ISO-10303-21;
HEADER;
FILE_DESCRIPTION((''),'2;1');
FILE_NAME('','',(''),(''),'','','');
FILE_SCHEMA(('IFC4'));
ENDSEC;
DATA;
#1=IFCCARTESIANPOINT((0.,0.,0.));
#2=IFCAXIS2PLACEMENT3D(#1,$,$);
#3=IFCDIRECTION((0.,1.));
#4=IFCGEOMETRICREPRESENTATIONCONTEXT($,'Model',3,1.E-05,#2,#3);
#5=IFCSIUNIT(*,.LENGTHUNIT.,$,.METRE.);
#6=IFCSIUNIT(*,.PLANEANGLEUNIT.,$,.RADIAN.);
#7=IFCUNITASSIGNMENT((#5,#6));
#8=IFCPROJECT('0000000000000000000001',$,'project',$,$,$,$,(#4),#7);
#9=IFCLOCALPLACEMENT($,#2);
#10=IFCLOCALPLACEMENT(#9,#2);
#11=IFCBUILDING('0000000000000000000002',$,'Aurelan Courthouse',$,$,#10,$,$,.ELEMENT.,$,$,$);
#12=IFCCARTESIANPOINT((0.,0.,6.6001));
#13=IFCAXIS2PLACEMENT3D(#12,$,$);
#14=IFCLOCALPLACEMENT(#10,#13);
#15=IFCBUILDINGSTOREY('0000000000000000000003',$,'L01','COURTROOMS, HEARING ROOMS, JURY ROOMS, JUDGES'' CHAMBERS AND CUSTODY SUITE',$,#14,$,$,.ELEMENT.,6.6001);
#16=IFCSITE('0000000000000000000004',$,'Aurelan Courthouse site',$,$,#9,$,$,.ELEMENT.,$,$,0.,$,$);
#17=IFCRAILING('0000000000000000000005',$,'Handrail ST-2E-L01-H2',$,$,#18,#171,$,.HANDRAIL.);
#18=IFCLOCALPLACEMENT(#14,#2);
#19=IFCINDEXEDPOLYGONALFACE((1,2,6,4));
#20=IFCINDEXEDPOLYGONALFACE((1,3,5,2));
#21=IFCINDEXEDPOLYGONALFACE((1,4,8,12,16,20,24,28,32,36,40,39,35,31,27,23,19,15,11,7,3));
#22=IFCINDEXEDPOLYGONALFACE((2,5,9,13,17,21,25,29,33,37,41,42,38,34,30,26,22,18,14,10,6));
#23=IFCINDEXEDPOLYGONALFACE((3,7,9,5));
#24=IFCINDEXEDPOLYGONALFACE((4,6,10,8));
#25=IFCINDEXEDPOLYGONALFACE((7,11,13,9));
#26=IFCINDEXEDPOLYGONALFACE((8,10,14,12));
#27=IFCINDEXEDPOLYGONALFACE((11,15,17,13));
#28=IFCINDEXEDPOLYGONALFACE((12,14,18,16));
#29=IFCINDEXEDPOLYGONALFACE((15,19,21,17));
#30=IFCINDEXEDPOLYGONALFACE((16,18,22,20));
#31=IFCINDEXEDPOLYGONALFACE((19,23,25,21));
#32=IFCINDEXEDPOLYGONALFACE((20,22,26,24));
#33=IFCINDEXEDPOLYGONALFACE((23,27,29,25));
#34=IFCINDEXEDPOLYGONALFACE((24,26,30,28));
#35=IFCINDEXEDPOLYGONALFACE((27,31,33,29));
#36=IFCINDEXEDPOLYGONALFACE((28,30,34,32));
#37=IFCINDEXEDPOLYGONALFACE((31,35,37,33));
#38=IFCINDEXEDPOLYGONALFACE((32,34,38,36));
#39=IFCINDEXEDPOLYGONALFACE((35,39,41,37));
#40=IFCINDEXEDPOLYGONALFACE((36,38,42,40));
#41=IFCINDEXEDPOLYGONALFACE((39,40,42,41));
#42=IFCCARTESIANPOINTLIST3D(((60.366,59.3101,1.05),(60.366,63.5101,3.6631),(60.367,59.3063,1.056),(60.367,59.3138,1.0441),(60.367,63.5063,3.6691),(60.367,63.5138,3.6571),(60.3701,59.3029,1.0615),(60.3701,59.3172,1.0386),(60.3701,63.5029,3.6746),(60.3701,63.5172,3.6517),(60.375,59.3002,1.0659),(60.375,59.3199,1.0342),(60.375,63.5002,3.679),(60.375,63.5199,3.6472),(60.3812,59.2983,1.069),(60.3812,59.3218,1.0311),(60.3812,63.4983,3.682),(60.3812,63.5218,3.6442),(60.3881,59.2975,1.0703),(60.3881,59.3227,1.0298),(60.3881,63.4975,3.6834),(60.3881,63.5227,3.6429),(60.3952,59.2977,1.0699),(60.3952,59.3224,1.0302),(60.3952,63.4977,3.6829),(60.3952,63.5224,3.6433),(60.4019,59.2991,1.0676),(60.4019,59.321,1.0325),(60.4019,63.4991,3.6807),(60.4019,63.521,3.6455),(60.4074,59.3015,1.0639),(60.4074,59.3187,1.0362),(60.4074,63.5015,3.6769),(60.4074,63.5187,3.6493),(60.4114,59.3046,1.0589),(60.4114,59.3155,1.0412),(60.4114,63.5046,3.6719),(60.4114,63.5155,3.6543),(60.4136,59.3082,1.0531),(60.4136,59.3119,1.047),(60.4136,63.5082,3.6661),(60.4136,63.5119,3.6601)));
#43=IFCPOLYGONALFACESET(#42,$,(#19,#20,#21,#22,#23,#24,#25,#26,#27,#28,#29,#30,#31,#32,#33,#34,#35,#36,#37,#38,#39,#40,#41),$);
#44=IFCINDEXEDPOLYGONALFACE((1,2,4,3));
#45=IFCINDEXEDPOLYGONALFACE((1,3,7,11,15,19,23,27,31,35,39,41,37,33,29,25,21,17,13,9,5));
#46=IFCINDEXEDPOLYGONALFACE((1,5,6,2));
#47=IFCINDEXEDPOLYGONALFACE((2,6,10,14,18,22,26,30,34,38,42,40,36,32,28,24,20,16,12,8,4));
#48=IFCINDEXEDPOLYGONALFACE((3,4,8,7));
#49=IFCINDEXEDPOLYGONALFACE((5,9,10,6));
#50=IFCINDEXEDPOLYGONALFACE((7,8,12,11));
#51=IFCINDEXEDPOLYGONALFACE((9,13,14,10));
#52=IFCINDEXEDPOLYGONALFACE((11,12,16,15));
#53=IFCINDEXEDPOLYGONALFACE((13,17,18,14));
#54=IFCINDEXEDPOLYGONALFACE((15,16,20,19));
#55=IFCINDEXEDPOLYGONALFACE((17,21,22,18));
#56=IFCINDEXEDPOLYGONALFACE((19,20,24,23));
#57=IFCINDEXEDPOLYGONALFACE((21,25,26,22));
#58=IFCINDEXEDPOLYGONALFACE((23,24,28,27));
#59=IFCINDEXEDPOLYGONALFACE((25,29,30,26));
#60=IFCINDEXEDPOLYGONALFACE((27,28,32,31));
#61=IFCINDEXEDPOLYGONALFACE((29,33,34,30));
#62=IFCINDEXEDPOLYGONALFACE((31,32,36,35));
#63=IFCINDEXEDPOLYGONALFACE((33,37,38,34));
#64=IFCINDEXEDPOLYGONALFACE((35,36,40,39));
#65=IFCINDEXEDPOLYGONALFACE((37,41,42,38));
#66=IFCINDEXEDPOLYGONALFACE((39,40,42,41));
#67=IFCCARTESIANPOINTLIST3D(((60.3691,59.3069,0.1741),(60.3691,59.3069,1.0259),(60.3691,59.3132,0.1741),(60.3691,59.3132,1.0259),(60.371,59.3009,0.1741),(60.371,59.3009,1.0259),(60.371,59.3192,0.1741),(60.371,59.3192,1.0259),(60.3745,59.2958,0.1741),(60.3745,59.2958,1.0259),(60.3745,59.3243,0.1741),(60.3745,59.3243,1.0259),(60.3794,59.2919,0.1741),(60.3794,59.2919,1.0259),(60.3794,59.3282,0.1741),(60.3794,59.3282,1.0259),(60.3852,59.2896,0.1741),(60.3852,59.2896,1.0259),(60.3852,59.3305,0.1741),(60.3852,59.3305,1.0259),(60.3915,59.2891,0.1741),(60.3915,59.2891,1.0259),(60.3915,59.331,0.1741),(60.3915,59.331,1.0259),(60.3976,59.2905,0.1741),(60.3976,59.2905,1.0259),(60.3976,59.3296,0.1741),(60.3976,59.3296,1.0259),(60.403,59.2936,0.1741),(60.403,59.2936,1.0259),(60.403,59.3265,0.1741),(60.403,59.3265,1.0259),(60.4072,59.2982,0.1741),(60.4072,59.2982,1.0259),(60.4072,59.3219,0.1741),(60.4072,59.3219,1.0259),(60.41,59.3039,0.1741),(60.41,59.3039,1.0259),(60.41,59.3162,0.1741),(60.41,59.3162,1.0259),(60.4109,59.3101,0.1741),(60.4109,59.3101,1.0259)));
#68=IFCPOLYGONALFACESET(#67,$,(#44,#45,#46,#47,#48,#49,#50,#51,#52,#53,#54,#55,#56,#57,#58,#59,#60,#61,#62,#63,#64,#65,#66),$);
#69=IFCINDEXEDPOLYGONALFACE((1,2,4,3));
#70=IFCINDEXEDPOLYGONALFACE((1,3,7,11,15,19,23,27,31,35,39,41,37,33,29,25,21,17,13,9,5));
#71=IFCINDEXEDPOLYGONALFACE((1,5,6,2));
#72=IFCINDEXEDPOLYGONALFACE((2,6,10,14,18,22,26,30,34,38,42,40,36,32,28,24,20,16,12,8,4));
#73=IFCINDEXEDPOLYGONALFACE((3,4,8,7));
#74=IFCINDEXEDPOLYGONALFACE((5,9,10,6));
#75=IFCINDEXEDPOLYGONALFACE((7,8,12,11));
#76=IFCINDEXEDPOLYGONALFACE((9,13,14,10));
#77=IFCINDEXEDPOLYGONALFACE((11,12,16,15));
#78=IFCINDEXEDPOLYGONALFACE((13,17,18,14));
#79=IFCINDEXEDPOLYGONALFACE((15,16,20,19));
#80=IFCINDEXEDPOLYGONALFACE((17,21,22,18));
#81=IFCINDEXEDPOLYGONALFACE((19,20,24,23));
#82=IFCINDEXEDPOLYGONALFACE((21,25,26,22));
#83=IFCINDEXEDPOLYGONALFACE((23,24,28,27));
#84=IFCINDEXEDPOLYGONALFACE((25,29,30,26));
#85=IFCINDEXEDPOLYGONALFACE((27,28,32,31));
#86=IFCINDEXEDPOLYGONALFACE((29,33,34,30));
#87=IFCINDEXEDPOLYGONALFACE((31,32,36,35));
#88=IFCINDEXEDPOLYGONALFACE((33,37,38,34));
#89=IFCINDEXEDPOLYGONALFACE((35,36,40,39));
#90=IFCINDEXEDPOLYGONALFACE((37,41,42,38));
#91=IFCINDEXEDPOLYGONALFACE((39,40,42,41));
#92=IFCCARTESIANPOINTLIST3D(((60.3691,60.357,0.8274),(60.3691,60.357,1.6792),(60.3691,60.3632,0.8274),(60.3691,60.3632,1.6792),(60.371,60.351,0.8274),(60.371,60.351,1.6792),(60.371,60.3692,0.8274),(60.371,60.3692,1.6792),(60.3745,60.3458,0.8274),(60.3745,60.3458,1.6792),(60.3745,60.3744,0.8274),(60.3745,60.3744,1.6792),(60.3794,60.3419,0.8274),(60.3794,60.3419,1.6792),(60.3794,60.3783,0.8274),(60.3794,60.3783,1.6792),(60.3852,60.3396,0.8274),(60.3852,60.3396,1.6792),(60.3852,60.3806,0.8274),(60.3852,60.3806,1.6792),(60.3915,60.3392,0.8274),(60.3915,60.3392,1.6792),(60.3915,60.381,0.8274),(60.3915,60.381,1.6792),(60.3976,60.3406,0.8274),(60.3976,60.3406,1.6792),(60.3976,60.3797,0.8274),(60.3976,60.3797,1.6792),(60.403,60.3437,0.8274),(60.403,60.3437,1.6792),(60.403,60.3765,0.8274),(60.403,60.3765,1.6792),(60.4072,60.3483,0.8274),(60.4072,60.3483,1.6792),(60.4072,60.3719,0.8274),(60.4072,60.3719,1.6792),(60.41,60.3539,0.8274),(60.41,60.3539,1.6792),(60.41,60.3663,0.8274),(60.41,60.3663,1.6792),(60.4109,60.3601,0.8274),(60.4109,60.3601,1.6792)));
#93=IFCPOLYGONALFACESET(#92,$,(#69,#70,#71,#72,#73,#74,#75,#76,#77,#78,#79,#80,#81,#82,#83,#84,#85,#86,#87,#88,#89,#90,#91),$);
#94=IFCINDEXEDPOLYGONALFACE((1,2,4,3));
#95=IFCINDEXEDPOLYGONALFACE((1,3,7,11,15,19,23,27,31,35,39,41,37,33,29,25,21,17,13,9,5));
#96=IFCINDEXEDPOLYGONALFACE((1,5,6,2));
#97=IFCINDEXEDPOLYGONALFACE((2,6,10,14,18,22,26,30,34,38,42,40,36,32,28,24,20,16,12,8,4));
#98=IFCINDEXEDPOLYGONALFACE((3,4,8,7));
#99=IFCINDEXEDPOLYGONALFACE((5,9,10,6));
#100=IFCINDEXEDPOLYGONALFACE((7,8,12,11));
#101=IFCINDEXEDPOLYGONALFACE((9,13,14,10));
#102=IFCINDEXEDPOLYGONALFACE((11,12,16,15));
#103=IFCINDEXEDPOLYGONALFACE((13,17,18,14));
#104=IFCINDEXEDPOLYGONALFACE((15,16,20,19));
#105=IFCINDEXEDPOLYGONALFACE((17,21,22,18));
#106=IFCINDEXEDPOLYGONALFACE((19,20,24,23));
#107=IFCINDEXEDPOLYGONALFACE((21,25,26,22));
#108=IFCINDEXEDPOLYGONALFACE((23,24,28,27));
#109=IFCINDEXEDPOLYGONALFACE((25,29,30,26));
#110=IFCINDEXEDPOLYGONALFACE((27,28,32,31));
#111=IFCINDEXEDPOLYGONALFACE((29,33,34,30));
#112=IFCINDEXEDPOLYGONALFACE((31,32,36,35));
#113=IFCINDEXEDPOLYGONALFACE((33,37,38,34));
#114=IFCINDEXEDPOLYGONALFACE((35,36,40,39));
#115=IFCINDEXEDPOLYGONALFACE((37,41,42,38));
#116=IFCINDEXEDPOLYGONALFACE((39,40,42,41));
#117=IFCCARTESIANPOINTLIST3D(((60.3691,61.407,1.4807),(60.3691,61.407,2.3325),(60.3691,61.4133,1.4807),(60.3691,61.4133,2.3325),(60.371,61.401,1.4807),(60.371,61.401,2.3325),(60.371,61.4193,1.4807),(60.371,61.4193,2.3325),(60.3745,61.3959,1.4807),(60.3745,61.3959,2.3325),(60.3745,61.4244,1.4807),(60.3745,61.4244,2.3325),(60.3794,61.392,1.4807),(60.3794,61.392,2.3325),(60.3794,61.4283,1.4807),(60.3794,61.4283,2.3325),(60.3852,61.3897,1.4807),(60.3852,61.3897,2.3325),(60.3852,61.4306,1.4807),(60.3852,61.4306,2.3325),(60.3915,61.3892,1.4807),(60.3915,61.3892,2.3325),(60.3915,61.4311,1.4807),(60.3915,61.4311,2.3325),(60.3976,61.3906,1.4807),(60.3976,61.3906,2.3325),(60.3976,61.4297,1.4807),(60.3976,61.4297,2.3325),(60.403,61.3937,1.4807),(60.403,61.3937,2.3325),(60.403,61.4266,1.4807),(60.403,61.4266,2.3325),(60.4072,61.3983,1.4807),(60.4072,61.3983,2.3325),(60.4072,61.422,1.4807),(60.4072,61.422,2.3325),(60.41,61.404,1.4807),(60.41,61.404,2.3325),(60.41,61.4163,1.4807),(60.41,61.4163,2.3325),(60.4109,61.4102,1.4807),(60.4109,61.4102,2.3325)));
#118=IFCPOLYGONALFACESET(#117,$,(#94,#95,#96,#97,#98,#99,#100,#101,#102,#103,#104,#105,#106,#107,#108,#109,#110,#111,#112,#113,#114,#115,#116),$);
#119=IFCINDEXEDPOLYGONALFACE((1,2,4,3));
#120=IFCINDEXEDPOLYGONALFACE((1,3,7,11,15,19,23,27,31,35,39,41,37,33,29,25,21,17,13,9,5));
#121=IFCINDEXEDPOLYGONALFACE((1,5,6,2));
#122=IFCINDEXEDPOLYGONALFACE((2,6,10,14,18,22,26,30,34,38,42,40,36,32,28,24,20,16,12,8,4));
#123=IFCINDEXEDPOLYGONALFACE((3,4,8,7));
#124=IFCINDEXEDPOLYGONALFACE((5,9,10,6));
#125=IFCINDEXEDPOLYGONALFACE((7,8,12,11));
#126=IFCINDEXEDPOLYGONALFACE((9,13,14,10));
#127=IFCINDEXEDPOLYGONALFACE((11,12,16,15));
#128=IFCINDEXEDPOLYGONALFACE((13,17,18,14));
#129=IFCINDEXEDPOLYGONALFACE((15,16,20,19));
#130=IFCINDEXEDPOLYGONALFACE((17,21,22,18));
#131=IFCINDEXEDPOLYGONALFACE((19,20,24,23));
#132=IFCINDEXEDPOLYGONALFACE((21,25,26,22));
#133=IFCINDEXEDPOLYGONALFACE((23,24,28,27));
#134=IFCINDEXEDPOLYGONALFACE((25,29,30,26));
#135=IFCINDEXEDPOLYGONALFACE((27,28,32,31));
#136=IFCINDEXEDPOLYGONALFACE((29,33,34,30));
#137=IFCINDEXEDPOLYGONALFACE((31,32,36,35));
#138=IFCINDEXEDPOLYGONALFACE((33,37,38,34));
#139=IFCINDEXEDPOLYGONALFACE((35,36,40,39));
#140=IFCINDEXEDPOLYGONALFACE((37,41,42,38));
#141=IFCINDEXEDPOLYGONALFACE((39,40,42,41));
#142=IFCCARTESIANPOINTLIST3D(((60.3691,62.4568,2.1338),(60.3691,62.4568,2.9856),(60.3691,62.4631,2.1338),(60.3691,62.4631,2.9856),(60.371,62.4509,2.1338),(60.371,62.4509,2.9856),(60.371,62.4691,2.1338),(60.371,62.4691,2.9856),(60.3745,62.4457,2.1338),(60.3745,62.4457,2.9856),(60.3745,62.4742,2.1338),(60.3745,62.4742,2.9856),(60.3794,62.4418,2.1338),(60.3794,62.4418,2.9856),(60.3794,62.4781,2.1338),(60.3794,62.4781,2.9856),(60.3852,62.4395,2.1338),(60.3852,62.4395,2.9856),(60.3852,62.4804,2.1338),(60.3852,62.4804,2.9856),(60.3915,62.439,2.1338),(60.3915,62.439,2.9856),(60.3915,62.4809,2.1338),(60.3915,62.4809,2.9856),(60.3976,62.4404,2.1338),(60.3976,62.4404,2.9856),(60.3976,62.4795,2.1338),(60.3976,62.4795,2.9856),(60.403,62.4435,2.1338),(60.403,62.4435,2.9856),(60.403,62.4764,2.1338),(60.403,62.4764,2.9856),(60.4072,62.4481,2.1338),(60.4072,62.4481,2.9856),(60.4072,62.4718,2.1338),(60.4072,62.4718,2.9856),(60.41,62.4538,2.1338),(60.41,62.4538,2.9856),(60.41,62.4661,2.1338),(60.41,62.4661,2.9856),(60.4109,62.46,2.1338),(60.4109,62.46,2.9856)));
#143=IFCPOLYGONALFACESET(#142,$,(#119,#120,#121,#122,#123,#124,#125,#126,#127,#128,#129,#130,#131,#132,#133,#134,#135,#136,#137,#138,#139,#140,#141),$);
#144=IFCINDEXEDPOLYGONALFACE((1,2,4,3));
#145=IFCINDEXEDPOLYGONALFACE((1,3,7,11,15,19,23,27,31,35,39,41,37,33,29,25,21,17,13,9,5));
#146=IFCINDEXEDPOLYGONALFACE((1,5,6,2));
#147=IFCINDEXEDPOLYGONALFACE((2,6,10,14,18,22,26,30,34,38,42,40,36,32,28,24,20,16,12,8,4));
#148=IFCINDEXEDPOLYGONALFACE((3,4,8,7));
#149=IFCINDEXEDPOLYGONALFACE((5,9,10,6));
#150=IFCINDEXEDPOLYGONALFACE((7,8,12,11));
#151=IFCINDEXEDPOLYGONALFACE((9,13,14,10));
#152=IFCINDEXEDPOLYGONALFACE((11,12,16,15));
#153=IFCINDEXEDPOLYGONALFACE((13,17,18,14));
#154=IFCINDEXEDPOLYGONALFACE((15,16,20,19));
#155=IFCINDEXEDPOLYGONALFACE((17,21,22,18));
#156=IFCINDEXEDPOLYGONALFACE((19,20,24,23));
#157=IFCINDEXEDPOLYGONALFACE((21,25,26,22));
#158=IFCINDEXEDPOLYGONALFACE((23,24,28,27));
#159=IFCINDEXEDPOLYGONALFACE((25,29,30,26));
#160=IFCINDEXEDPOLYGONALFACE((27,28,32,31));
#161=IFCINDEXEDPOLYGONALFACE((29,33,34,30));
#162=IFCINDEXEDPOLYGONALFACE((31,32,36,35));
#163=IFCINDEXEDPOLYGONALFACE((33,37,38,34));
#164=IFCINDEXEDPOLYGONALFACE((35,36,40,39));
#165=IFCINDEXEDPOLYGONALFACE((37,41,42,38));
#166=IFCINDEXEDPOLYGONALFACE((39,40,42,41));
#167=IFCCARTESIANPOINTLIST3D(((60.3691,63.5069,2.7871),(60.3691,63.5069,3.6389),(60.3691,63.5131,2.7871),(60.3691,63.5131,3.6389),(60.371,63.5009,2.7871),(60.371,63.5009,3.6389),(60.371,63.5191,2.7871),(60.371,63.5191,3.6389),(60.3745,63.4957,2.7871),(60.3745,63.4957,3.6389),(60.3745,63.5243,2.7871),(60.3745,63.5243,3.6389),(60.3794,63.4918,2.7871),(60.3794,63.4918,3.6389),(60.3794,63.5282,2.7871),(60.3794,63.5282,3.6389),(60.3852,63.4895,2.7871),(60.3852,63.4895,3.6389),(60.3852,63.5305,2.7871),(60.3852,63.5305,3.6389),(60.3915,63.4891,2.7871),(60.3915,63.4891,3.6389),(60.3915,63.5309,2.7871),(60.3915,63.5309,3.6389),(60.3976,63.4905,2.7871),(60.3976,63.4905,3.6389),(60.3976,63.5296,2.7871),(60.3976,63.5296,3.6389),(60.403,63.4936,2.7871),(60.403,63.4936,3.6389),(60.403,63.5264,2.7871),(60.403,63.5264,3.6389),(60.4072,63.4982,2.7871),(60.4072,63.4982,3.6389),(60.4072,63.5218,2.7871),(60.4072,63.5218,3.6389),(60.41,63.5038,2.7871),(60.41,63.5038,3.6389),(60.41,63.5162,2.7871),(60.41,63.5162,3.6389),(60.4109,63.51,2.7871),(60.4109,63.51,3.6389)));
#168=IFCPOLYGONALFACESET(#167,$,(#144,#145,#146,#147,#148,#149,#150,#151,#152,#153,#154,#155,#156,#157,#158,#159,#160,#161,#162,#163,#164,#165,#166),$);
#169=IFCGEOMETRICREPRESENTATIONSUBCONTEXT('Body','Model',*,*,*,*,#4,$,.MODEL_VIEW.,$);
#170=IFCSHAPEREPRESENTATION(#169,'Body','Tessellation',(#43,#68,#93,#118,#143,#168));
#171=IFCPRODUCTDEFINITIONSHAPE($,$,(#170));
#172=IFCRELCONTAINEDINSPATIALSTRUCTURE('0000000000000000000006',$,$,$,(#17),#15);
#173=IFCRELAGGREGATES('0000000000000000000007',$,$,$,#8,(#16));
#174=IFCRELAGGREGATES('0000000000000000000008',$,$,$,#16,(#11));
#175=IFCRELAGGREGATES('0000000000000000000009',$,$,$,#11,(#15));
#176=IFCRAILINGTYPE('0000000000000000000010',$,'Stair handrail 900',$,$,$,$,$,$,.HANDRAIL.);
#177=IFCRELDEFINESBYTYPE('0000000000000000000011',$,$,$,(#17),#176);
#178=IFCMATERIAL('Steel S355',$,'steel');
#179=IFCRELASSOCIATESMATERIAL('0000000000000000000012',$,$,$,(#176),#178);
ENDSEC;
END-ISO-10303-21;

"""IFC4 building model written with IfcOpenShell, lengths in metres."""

from ifc_helpers import new_model, si_unit, direction, frame, origin, origin_2d, place, context, subcontext, project, spatial, circle, extrude, material, type_object, element, save


model = new_model("IFC4")

# Units and contexts
model_context = context("Model", 3, precision=1e-05, world=origin(), true_north=direction((0.0, 1.0)))
body_context = subcontext(model_context, "Body", "Model", "MODEL_VIEW")
ifc_project = project(units=[si_unit("LENGTHUNIT", "METRE"), si_unit("PLANEANGLEUNIT", "RADIAN")], contexts=[model_context])

# Site, building, storey
site_placement = place(None, origin())
site = spatial("IfcSite", under=ifc_project, at=site_placement, Name="Aurelan Courthouse site", CompositionType="ELEMENT", RefElevation=0.0)
building_placement = place(site_placement, origin())
building = spatial("IfcBuilding", under=site, at=building_placement, Name="Aurelan Courthouse", CompositionType="ELEMENT")
storey_placement = place(building_placement, frame((0.0, 0.0, 6.6001)))
storey = spatial("IfcBuildingStorey", under=building, at=storey_placement, Name="L01", Description="COURTROOMS, HEARING ROOMS, JURY ROOMS, JUDGES' CHAMBERS AND CUSTODY SUITE", CompositionType="ELEMENT", Elevation=6.6001)

# Railing
ifc_material_1 = material(Name="Steel S355", Category="steel")
railing_type_1 = type_object("IfcRailingType", Name="Stair handrail 900", PredefinedType="HANDRAIL", material=ifc_material_1)
for number, where, name in (
    (1, (60.3899, 59.3101, 0.1741), "Handrail ST-2E-L01-H2"),
):
    element("IfcRailing", number, at=place(storey_placement, frame(where)), inside=storey, type_object=railing_type_1, Name=name, PredefinedType="HANDRAIL", context=body_context, shape_type="SweptSolid", body=[
        extrude(circle(Radius=0.0239, at=origin_2d()), frame((0.0, 0.0, 0.876), z_axis=(0.0, 0.849081, 0.528263), x_axis=(-1.0, 0.0, 0.0)), (0.0, 0.0, 1.0), 4.9465),
        extrude(circle(Radius=0.021, at=origin_2d()), origin(), (0.0, 0.0, 1.0), 0.8518),
        extrude(circle(Radius=0.021, at=origin_2d()), frame((0.0, 1.05, 0.6533)), (0.0, 0.0, 1.0), 0.8518),
        extrude(circle(Radius=0.021, at=origin_2d()), frame((0.0, 2.1001, 1.3066)), (0.0, 0.0, 1.0), 0.8518),
        extrude(circle(Radius=0.021, at=origin_2d()), frame((0.0, 3.1499, 1.9597)), (0.0, 0.0, 1.0), 0.8518),
        extrude(circle(Radius=0.021, at=origin_2d()), frame((0.0, 4.2, 2.613)), (0.0, 0.0, 1.0), 0.8518),
    ])

save(model, "model.ifc")
